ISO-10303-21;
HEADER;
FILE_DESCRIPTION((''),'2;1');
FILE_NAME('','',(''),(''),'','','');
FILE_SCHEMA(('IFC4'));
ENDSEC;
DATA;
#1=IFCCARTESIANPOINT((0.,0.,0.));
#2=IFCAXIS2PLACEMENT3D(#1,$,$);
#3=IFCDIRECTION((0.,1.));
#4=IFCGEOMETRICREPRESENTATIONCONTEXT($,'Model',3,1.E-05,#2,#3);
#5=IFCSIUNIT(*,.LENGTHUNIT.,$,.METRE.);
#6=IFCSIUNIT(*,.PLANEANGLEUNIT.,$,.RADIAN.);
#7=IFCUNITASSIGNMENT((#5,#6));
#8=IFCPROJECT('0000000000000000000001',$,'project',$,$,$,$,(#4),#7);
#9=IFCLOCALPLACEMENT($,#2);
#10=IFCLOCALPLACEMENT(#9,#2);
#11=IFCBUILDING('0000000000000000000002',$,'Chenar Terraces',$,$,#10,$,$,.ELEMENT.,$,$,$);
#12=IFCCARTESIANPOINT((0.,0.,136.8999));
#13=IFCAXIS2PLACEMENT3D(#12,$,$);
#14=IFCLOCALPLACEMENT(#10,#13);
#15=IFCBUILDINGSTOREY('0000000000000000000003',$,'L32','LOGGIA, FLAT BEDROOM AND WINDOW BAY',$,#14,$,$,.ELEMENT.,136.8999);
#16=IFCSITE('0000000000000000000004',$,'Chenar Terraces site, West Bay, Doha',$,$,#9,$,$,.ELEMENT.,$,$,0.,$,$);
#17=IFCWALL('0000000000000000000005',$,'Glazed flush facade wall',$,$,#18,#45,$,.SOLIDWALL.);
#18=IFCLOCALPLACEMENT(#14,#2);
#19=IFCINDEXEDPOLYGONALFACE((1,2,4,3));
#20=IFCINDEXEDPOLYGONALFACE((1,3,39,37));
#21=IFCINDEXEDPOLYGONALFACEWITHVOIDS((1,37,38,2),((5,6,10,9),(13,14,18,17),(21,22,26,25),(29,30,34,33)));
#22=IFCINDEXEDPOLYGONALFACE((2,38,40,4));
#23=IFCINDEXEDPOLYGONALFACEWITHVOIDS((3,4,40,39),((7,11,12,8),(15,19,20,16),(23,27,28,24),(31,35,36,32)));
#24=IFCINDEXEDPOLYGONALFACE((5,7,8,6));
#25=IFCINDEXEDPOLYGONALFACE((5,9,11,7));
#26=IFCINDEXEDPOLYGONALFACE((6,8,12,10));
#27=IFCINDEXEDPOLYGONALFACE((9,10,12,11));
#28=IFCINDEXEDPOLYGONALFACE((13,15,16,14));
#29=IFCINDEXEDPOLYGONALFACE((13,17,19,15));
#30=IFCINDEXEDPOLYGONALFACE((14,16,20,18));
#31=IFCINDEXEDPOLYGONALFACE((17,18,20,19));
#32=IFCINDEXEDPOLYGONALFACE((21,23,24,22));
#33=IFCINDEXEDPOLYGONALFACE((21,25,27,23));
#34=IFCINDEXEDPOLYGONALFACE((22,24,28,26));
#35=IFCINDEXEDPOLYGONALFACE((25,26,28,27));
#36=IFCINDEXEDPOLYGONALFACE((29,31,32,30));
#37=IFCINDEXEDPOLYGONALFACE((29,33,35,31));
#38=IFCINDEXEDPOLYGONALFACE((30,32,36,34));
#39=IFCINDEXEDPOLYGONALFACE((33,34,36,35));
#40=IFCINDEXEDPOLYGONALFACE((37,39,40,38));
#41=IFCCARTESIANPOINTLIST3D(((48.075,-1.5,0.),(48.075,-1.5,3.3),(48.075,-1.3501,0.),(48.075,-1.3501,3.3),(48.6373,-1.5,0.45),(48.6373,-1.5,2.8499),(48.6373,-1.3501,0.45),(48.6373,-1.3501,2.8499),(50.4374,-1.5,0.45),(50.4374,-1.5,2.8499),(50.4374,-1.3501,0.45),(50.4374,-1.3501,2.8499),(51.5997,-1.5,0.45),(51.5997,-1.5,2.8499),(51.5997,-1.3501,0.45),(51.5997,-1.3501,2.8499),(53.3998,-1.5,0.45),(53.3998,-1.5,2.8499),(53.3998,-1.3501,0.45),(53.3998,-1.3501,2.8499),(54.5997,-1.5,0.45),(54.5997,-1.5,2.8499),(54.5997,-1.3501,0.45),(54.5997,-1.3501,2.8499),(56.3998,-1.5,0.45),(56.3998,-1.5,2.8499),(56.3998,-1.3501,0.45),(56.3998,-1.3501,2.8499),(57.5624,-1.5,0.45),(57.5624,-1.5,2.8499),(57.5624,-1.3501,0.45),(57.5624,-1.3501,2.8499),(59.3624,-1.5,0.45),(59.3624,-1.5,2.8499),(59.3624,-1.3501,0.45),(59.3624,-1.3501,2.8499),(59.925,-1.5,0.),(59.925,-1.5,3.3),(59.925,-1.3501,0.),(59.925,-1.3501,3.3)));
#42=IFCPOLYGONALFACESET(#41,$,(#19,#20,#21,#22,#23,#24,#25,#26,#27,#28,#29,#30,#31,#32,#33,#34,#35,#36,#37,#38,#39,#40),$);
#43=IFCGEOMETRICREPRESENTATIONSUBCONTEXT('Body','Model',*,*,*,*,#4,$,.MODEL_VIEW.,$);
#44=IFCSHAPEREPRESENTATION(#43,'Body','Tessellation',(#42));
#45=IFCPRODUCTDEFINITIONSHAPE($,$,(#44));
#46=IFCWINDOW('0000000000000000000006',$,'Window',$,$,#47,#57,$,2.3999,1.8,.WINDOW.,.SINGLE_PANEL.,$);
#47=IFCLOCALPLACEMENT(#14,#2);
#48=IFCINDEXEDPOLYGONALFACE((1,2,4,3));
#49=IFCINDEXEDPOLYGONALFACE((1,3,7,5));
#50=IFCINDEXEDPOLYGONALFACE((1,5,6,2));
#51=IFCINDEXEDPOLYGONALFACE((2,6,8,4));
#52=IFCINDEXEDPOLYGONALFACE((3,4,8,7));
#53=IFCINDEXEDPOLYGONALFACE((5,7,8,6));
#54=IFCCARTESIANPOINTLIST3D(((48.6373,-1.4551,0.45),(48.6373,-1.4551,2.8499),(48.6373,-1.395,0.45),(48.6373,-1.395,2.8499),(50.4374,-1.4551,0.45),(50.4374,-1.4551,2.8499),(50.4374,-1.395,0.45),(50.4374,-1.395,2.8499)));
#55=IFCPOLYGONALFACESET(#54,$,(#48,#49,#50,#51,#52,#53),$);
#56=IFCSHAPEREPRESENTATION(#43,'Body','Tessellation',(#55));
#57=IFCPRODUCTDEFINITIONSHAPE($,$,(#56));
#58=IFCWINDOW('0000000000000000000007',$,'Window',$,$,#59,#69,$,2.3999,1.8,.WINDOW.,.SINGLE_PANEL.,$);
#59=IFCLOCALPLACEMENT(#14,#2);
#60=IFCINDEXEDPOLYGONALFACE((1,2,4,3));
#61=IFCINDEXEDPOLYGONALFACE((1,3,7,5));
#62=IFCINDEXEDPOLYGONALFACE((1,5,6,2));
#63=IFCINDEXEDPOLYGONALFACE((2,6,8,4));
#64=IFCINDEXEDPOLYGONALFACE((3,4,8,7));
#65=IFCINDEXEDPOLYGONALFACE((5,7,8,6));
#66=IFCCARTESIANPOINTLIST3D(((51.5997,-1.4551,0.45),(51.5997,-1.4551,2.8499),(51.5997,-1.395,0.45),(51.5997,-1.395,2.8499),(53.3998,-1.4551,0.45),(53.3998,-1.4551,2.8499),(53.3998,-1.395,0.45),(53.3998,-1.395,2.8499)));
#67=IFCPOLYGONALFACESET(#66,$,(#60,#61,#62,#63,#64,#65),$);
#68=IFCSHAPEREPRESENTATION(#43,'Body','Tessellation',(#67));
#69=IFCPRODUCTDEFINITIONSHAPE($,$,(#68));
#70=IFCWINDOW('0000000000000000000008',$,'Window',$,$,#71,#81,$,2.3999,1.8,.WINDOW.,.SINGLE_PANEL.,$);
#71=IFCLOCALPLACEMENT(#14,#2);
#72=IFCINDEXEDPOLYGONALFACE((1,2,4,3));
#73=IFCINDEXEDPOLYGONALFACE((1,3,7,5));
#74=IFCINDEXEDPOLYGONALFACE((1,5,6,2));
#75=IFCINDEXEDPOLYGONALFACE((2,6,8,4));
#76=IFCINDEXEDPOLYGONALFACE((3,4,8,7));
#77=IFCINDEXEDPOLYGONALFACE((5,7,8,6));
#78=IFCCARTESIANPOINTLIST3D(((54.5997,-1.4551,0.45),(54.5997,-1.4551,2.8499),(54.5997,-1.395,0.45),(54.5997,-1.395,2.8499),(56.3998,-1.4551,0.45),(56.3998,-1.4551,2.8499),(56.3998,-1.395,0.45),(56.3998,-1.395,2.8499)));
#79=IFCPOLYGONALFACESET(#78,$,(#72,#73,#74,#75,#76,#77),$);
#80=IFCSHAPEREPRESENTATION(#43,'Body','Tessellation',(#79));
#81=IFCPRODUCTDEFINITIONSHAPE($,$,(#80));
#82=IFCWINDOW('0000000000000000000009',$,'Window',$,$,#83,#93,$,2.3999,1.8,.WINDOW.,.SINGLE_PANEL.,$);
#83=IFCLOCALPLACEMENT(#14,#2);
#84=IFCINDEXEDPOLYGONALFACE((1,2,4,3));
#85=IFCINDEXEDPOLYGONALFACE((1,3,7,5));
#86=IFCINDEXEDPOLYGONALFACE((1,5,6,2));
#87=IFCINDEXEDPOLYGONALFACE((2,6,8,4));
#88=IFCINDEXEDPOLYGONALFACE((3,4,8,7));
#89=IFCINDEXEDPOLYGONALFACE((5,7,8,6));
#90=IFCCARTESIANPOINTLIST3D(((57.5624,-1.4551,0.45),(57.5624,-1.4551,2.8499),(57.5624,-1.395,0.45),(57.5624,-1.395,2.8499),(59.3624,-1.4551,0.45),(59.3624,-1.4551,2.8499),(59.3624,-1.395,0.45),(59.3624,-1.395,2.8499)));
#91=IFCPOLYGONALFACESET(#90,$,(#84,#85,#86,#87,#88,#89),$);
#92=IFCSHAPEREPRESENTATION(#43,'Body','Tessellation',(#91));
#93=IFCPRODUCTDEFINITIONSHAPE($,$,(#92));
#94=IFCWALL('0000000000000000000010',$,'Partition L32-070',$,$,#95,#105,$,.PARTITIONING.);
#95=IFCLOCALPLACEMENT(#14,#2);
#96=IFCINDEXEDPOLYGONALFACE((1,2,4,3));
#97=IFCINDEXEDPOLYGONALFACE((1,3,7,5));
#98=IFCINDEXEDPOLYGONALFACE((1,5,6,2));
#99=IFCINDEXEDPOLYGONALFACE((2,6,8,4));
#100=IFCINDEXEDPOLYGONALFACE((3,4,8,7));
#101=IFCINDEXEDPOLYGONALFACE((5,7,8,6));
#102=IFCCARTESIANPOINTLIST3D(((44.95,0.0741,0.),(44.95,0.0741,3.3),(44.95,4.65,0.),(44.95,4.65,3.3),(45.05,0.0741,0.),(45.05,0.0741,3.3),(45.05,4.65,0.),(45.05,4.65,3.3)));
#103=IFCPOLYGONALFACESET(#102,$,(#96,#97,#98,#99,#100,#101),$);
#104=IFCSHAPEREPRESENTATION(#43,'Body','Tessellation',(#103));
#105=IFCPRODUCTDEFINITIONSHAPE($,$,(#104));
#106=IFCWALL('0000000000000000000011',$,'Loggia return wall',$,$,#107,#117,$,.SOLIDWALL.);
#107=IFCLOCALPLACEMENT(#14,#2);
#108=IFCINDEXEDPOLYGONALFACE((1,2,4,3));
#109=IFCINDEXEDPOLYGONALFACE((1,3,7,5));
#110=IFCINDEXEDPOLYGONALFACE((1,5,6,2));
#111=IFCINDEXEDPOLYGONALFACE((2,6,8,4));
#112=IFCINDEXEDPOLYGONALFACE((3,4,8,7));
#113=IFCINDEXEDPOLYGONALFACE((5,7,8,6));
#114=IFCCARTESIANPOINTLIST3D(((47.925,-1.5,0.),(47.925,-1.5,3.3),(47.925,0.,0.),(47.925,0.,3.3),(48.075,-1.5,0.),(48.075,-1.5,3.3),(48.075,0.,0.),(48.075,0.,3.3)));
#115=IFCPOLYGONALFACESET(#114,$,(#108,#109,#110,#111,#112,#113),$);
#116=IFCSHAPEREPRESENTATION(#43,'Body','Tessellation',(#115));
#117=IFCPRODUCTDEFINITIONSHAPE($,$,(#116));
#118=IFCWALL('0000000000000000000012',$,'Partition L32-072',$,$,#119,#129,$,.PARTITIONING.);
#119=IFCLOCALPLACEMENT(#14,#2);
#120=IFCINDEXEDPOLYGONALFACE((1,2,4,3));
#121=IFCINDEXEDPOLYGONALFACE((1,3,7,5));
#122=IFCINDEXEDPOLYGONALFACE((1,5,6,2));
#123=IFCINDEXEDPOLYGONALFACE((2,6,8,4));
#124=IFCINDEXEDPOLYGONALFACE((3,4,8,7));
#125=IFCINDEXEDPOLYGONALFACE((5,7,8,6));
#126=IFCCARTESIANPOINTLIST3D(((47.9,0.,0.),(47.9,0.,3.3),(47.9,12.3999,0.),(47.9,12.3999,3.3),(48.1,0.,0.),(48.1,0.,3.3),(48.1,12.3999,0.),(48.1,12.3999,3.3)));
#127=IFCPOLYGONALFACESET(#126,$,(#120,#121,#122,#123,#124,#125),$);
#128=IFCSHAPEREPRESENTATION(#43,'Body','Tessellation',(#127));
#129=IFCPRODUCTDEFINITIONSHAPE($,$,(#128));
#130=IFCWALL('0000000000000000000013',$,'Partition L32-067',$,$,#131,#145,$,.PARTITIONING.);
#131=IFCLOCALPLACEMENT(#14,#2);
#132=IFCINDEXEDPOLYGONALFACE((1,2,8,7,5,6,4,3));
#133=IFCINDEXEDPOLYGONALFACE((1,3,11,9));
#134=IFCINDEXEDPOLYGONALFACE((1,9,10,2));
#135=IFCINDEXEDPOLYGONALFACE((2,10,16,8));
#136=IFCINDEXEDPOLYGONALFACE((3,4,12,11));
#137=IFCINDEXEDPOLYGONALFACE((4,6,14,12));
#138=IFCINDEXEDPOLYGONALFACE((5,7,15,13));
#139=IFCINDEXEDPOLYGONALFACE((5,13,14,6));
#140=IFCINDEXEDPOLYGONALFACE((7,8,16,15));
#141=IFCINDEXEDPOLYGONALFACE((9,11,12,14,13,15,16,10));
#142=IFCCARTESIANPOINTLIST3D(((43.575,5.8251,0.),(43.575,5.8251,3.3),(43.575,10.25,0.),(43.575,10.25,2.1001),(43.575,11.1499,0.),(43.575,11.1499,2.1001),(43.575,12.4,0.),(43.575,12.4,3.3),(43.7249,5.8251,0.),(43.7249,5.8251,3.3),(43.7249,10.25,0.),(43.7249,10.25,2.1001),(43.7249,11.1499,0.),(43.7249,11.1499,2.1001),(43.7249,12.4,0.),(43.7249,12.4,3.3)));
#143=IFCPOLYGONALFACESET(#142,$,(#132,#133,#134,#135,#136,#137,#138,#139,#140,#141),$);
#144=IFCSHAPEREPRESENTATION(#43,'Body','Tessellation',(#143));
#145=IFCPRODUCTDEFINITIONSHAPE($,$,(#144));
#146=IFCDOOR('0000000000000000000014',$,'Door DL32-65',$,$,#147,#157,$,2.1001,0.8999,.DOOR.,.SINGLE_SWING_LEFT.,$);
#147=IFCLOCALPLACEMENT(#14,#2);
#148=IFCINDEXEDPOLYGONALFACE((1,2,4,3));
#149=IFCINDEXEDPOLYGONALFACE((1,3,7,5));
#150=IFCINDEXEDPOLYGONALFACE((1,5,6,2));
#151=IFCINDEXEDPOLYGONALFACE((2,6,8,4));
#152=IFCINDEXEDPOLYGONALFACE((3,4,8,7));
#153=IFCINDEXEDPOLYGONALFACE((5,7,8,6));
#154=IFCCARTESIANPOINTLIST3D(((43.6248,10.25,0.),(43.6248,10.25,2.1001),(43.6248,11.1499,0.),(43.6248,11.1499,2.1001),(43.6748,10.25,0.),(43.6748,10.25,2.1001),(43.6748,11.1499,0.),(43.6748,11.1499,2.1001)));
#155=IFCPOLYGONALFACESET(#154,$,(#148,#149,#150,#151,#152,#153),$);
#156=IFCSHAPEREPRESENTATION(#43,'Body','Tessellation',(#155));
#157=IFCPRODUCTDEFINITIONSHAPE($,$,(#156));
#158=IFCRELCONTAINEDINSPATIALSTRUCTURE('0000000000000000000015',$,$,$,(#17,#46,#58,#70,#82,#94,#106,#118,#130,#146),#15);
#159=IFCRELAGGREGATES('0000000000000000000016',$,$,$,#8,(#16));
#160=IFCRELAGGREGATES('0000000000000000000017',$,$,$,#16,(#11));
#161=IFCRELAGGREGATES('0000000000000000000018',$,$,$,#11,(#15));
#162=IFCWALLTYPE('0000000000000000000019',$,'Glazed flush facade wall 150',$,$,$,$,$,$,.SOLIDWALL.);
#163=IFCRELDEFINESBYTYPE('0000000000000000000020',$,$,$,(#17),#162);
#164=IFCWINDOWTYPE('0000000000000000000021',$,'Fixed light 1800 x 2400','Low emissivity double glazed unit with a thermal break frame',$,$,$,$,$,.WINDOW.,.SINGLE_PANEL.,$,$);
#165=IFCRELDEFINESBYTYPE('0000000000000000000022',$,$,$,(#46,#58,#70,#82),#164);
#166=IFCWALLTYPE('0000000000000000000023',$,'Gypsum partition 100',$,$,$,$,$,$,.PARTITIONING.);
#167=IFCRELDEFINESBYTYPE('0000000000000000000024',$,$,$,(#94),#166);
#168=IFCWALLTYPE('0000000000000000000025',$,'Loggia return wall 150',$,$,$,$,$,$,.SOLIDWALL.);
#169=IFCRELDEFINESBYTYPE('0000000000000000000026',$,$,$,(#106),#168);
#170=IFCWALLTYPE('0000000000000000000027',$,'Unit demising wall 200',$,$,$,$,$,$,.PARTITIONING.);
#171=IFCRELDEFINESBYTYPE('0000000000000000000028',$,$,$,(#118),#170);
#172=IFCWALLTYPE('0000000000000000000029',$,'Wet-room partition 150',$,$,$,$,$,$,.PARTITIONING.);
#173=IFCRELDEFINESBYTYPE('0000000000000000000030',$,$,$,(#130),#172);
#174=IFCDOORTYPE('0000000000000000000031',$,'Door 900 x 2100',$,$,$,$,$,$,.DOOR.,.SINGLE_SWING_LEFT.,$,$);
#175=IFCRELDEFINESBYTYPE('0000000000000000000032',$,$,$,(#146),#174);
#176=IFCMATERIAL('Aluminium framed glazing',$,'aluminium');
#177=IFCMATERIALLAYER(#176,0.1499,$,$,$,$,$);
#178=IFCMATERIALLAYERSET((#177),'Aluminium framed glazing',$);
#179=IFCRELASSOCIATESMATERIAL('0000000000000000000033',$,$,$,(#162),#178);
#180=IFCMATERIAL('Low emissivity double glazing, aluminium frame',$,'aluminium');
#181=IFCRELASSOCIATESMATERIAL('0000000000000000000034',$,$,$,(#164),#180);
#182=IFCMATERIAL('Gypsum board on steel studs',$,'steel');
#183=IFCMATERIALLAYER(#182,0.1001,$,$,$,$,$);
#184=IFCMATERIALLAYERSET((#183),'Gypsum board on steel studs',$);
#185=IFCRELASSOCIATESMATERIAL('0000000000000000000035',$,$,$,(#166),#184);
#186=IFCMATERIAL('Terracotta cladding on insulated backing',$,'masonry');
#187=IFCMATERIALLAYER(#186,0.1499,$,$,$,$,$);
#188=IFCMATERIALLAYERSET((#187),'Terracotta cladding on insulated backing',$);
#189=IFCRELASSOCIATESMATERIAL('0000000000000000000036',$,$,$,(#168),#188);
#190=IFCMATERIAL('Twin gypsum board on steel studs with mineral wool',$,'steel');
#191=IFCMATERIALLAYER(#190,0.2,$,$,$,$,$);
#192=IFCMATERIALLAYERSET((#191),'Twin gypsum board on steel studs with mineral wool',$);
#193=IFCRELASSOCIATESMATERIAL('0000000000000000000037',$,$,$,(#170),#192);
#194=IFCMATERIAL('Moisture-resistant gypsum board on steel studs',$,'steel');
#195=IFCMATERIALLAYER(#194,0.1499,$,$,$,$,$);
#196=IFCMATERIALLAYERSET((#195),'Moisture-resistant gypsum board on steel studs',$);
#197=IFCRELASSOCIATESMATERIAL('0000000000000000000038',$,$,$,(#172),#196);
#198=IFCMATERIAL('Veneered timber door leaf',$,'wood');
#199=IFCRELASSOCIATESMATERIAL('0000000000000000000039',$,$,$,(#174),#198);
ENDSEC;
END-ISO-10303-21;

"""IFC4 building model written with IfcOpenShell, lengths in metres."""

from ifc_helpers import new_model, si_unit, direction, frame, frame_2d, origin, place, context, subcontext, project, spatial, rectangle, extrude, material, layer, layer_set, type_object, element, fill, save


model = new_model("IFC4")

# Units and contexts
model_context = context("Model", 3, precision=1e-05, world=origin(), true_north=direction((0.0, 1.0)))
body_context = subcontext(model_context, "Body", "Model", "MODEL_VIEW")
ifc_project = project(units=[si_unit("LENGTHUNIT", "METRE"), si_unit("PLANEANGLEUNIT", "RADIAN")], contexts=[model_context])

# Site, building, storey
site_placement = place(None, origin())
site = spatial("IfcSite", under=ifc_project, at=site_placement, Name="Chenar Terraces site, West Bay, Doha", CompositionType="ELEMENT", RefElevation=0.0)
building_placement = place(site_placement, origin())
building = spatial("IfcBuilding", under=site, at=building_placement, Name="Chenar Terraces", CompositionType="ELEMENT")
storey_placement = place(building_placement, frame((0.0, 0.0, 136.8999)))
storey = spatial("IfcBuildingStorey", under=building, at=storey_placement, Name="L32", Description="LOGGIA, FLAT BEDROOM AND WINDOW BAY", CompositionType="ELEMENT", Elevation=136.8999)

# Wall, openings, windows
ifc_material_1 = material(Name="Aluminium framed glazing", Category="aluminium")
ifc_layer_1 = layer(ifc_material_1, 0.1499)
ifc_layer_set_1 = layer_set([ifc_layer_1], Name="Aluminium framed glazing")
wall_type_1 = type_object("IfcWallType", Name="Glazed flush facade wall 150", PredefinedType="SOLIDWALL", material=ifc_layer_set_1)
wall_1_placement = place(storey_placement, frame((48.075, -1.425, 0.0), z_axis=(0.0, 0.0, 1.0), x_axis=(1.0, 0.0, 0.0)))
wall_1 = element("IfcWall", 1, at=wall_1_placement, inside=storey, type_object=wall_type_1, Name="Glazed flush facade wall", PredefinedType="SOLIDWALL", context=body_context, shape_type="SweptSolid", body=[
    extrude(rectangle(XDim=11.8501, YDim=0.1499, at=frame_2d((5.925, 0.0))), origin(), (0.0, 0.0, 1.0), 3.3),
])
opening_1_placement = place(wall_1_placement, frame((0.5625, 0.0, 0.45)))
opening_1 = element("IfcOpeningElement", 2, at=opening_1_placement, cuts=wall_1, PredefinedType="OPENING", context=body_context, shape_type="SweptSolid", body=[
    extrude(rectangle(XDim=1.8, YDim=2.3999, at=frame_2d((0.8999, 1.2))), frame((0.0, 0.085, 0.0), z_axis=(0.0, -1.0, 0.0), x_axis=(1.0, 0.0, 0.0)), (0.0, 0.0, 1.0), 0.1699),
])
opening_2_placement = place(wall_1_placement, frame((3.5249, 0.0, 0.45)))
opening_2 = element("IfcOpeningElement", 3, at=opening_2_placement, cuts=wall_1, PredefinedType="OPENING", context=body_context, shape_type="SweptSolid", body=[
    extrude(rectangle(XDim=1.8, YDim=2.3999, at=frame_2d((0.8999, 1.2))), frame((0.0, 0.085, 0.0), z_axis=(0.0, -1.0, 0.0), x_axis=(1.0, 0.0, 0.0)), (0.0, 0.0, 1.0), 0.1699),
])
opening_3_placement = place(wall_1_placement, frame((6.5249, 0.0, 0.45)))
opening_3 = element("IfcOpeningElement", 4, at=opening_3_placement, cuts=wall_1, PredefinedType="OPENING", context=body_context, shape_type="SweptSolid", body=[
    extrude(rectangle(XDim=1.8, YDim=2.3999, at=frame_2d((0.8999, 1.2))), frame((0.0, 0.085, 0.0), z_axis=(0.0, -1.0, 0.0), x_axis=(1.0, 0.0, 0.0)), (0.0, 0.0, 1.0), 0.1699),
])
opening_4_placement = place(wall_1_placement, frame((9.4875, 0.0, 0.45)))
opening_4 = element("IfcOpeningElement", 5, at=opening_4_placement, cuts=wall_1, PredefinedType="OPENING", context=body_context, shape_type="SweptSolid", body=[
    extrude(rectangle(XDim=1.8, YDim=2.3999, at=frame_2d((0.8999, 1.2))), frame((0.0, 0.085, 0.0), z_axis=(0.0, -1.0, 0.0), x_axis=(1.0, 0.0, 0.0)), (0.0, 0.0, 1.0), 0.1699),
])
ifc_material_2 = material(Name="Low emissivity double glazing, aluminium frame", Category="aluminium")
window_type = type_object("IfcWindowType", Name="Fixed light 1800 x 2400", Description="Low emissivity double glazed unit with a thermal break frame", PartitioningType="SINGLE_PANEL", PredefinedType="WINDOW", material=ifc_material_2)
window_1_placement = place(opening_1_placement, origin())
window_1 = element("IfcWindow", 6, at=window_1_placement, inside=storey, type_object=window_type, Name="Window", OverallHeight=2.3999, OverallWidth=1.8, PartitioningType="SINGLE_PANEL", PredefinedType="WINDOW", context=body_context, shape_type="SweptSolid", body=[
    extrude(rectangle(XDim=1.8, YDim=2.3999, at=frame_2d((0.8999, 1.2))), frame((0.0, 0.03, 0.0), z_axis=(0.0, -1.0, 0.0), x_axis=(1.0, 0.0, 0.0)), (0.0, 0.0, 1.0), 0.0601),
])
fill(opening_1, window_1)
window_2_placement = place(opening_2_placement, origin())
window_2 = element("IfcWindow", 7, at=window_2_placement, inside=storey, type_object=window_type, Name="Window", OverallHeight=2.3999, OverallWidth=1.8, PartitioningType="SINGLE_PANEL", PredefinedType="WINDOW", context=body_context, shape_type="SweptSolid", body=[
    extrude(rectangle(XDim=1.8, YDim=2.3999, at=frame_2d((0.8999, 1.2))), frame((0.0, 0.03, 0.0), z_axis=(0.0, -1.0, 0.0), x_axis=(1.0, 0.0, 0.0)), (0.0, 0.0, 1.0), 0.0601),
])
fill(opening_2, window_2)
window_3_placement = place(opening_3_placement, origin())
window_3 = element("IfcWindow", 8, at=window_3_placement, inside=storey, type_object=window_type, Name="Window", OverallHeight=2.3999, OverallWidth=1.8, PartitioningType="SINGLE_PANEL", PredefinedType="WINDOW", context=body_context, shape_type="SweptSolid", body=[
    extrude(rectangle(XDim=1.8, YDim=2.3999, at=frame_2d((0.8999, 1.2))), frame((0.0, 0.03, 0.0), z_axis=(0.0, -1.0, 0.0), x_axis=(1.0, 0.0, 0.0)), (0.0, 0.0, 1.0), 0.0601),
])
fill(opening_3, window_3)
window_4_placement = place(opening_4_placement, origin())
window_4 = element("IfcWindow", 9, at=window_4_placement, inside=storey, type_object=window_type, Name="Window", OverallHeight=2.3999, OverallWidth=1.8, PartitioningType="SINGLE_PANEL", PredefinedType="WINDOW", context=body_context, shape_type="SweptSolid", body=[
    extrude(rectangle(XDim=1.8, YDim=2.3999, at=frame_2d((0.8999, 1.2))), frame((0.0, 0.03, 0.0), z_axis=(0.0, -1.0, 0.0), x_axis=(1.0, 0.0, 0.0)), (0.0, 0.0, 1.0), 0.0601),
])
fill(opening_4, window_4)

# Walls
ifc_material_3 = material(Name="Gypsum board on steel studs", Category="steel")
ifc_layer_2 = layer(ifc_material_3, 0.1001)
ifc_layer_set_2 = layer_set([ifc_layer_2], Name="Gypsum board on steel studs")
wall_type_2 = type_object("IfcWallType", Name="Gypsum partition 100", PredefinedType="PARTITIONING", material=ifc_layer_set_2)
wall_2_placement = place(storey_placement, frame((45.0, 0.074, 0.0), z_axis=(0.0, 0.0, 1.0), x_axis=(0.0, 1.0, 0.0)))
element("IfcWall", 10, at=wall_2_placement, inside=storey, type_object=wall_type_2, Name="Partition L32-070", PredefinedType="PARTITIONING", context=body_context, shape_type="SweptSolid", body=[
    extrude(rectangle(XDim=4.5759, YDim=0.1001, at=frame_2d((2.2881, 0.0))), origin(), (0.0, 0.0, 1.0), 3.3),
])
ifc_material_4 = material(Name="Terracotta cladding on insulated backing", Category="masonry")
ifc_layer_3 = layer(ifc_material_4, 0.1499)
ifc_layer_set_3 = layer_set([ifc_layer_3], Name="Terracotta cladding on insulated backing")
wall_type_3 = type_object("IfcWallType", Name="Loggia return wall 150", PredefinedType="SOLIDWALL", material=ifc_layer_set_3)
wall_3_placement = place(storey_placement, frame((48.0, -1.5, 0.0), z_axis=(0.0, 0.0, 1.0), x_axis=(0.0, 1.0, 0.0)))
element("IfcWall", 11, at=wall_3_placement, inside=storey, type_object=wall_type_3, Name="Loggia return wall", PredefinedType="SOLIDWALL", context=body_context, shape_type="SweptSolid", body=[
    extrude(rectangle(XDim=1.5, YDim=0.1499, at=frame_2d((0.75, 0.0))), origin(), (0.0, 0.0, 1.0), 3.3),
])
ifc_material_5 = material(Name="Twin gypsum board on steel studs with mineral wool", Category="steel")
ifc_layer_4 = layer(ifc_material_5, 0.2)
ifc_layer_set_4 = layer_set([ifc_layer_4], Name="Twin gypsum board on steel studs with mineral wool")
wall_type_4 = type_object("IfcWallType", Name="Unit demising wall 200", PredefinedType="PARTITIONING", material=ifc_layer_set_4)
wall_4_placement = place(storey_placement, frame((48.0, 0.0, 0.0), z_axis=(0.0, 0.0, 1.0), x_axis=(0.0, 1.0, 0.0)))
element("IfcWall", 12, at=wall_4_placement, inside=storey, type_object=wall_type_4, Name="Partition L32-072", PredefinedType="PARTITIONING", context=body_context, shape_type="SweptSolid", body=[
    extrude(rectangle(XDim=12.3999, YDim=0.2, at=frame_2d((6.2, 0.0))), origin(), (0.0, 0.0, 1.0), 3.3),
])

# Wall, opening, door
ifc_material_6 = material(Name="Moisture-resistant gypsum board on steel studs", Category="steel")
ifc_layer_5 = layer(ifc_material_6, 0.1499)
ifc_layer_set_5 = layer_set([ifc_layer_5], Name="Moisture-resistant gypsum board on steel studs")
wall_type_5 = type_object("IfcWallType", Name="Wet-room partition 150", PredefinedType="PARTITIONING", material=ifc_layer_set_5)
wall_5_placement = place(storey_placement, frame((43.6499, 5.825, 0.0), z_axis=(0.0, 0.0, 1.0), x_axis=(0.0, 1.0, 0.0)))
wall_5 = element("IfcWall", 13, at=wall_5_placement, inside=storey, type_object=wall_type_5, Name="Partition L32-067", PredefinedType="PARTITIONING", context=body_context, shape_type="SweptSolid", body=[
    extrude(rectangle(XDim=6.575, YDim=0.1499, at=frame_2d((3.2876, 0.0))), origin(), (0.0, 0.0, 1.0), 3.3),
])
opening_5_placement = place(wall_5_placement, frame((4.425, 0.0, 0.0)))
opening_5 = element("IfcOpeningElement", 14, at=opening_5_placement, cuts=wall_5, PredefinedType="OPENING", context=body_context, shape_type="SweptSolid", body=[
    extrude(rectangle(XDim=0.8999, YDim=2.1001, at=frame_2d((0.45, 1.05))), frame((0.0, 0.085, 0.0), z_axis=(0.0, -1.0, 0.0), x_axis=(1.0, 0.0, 0.0)), (0.0, 0.0, 1.0), 0.1699),
])
ifc_material_7 = material(Name="Veneered timber door leaf", Category="wood")
door_type_1 = type_object("IfcDoorType", Name="Door 900 x 2100", OperationType="SINGLE_SWING_LEFT", PredefinedType="DOOR", material=ifc_material_7)
door_1_placement = place(opening_5_placement, frame((0.8999, 0.0, 0.0), z_axis=(0.0, 0.0, 1.0), x_axis=(-1.0, 0.0, 0.0)))
door_1 = element("IfcDoor", 15, at=door_1_placement, inside=storey, type_object=door_type_1, Name="Door DL32-65", OperationType="SINGLE_SWING_LEFT", OverallHeight=2.1001, OverallWidth=0.8999, PredefinedType="DOOR", context=body_context, shape_type="SweptSolid", body=[
    extrude(rectangle(XDim=0.8999, YDim=2.1001, at=frame_2d((0.45, 1.05))), frame((0.0, 0.0249, 0.0), z_axis=(0.0, -1.0, 0.0), x_axis=(1.0, 0.0, 0.0)), (0.0, 0.0, 1.0), 0.05),
])
fill(opening_5, door_1)

save(model, "model.ifc")
